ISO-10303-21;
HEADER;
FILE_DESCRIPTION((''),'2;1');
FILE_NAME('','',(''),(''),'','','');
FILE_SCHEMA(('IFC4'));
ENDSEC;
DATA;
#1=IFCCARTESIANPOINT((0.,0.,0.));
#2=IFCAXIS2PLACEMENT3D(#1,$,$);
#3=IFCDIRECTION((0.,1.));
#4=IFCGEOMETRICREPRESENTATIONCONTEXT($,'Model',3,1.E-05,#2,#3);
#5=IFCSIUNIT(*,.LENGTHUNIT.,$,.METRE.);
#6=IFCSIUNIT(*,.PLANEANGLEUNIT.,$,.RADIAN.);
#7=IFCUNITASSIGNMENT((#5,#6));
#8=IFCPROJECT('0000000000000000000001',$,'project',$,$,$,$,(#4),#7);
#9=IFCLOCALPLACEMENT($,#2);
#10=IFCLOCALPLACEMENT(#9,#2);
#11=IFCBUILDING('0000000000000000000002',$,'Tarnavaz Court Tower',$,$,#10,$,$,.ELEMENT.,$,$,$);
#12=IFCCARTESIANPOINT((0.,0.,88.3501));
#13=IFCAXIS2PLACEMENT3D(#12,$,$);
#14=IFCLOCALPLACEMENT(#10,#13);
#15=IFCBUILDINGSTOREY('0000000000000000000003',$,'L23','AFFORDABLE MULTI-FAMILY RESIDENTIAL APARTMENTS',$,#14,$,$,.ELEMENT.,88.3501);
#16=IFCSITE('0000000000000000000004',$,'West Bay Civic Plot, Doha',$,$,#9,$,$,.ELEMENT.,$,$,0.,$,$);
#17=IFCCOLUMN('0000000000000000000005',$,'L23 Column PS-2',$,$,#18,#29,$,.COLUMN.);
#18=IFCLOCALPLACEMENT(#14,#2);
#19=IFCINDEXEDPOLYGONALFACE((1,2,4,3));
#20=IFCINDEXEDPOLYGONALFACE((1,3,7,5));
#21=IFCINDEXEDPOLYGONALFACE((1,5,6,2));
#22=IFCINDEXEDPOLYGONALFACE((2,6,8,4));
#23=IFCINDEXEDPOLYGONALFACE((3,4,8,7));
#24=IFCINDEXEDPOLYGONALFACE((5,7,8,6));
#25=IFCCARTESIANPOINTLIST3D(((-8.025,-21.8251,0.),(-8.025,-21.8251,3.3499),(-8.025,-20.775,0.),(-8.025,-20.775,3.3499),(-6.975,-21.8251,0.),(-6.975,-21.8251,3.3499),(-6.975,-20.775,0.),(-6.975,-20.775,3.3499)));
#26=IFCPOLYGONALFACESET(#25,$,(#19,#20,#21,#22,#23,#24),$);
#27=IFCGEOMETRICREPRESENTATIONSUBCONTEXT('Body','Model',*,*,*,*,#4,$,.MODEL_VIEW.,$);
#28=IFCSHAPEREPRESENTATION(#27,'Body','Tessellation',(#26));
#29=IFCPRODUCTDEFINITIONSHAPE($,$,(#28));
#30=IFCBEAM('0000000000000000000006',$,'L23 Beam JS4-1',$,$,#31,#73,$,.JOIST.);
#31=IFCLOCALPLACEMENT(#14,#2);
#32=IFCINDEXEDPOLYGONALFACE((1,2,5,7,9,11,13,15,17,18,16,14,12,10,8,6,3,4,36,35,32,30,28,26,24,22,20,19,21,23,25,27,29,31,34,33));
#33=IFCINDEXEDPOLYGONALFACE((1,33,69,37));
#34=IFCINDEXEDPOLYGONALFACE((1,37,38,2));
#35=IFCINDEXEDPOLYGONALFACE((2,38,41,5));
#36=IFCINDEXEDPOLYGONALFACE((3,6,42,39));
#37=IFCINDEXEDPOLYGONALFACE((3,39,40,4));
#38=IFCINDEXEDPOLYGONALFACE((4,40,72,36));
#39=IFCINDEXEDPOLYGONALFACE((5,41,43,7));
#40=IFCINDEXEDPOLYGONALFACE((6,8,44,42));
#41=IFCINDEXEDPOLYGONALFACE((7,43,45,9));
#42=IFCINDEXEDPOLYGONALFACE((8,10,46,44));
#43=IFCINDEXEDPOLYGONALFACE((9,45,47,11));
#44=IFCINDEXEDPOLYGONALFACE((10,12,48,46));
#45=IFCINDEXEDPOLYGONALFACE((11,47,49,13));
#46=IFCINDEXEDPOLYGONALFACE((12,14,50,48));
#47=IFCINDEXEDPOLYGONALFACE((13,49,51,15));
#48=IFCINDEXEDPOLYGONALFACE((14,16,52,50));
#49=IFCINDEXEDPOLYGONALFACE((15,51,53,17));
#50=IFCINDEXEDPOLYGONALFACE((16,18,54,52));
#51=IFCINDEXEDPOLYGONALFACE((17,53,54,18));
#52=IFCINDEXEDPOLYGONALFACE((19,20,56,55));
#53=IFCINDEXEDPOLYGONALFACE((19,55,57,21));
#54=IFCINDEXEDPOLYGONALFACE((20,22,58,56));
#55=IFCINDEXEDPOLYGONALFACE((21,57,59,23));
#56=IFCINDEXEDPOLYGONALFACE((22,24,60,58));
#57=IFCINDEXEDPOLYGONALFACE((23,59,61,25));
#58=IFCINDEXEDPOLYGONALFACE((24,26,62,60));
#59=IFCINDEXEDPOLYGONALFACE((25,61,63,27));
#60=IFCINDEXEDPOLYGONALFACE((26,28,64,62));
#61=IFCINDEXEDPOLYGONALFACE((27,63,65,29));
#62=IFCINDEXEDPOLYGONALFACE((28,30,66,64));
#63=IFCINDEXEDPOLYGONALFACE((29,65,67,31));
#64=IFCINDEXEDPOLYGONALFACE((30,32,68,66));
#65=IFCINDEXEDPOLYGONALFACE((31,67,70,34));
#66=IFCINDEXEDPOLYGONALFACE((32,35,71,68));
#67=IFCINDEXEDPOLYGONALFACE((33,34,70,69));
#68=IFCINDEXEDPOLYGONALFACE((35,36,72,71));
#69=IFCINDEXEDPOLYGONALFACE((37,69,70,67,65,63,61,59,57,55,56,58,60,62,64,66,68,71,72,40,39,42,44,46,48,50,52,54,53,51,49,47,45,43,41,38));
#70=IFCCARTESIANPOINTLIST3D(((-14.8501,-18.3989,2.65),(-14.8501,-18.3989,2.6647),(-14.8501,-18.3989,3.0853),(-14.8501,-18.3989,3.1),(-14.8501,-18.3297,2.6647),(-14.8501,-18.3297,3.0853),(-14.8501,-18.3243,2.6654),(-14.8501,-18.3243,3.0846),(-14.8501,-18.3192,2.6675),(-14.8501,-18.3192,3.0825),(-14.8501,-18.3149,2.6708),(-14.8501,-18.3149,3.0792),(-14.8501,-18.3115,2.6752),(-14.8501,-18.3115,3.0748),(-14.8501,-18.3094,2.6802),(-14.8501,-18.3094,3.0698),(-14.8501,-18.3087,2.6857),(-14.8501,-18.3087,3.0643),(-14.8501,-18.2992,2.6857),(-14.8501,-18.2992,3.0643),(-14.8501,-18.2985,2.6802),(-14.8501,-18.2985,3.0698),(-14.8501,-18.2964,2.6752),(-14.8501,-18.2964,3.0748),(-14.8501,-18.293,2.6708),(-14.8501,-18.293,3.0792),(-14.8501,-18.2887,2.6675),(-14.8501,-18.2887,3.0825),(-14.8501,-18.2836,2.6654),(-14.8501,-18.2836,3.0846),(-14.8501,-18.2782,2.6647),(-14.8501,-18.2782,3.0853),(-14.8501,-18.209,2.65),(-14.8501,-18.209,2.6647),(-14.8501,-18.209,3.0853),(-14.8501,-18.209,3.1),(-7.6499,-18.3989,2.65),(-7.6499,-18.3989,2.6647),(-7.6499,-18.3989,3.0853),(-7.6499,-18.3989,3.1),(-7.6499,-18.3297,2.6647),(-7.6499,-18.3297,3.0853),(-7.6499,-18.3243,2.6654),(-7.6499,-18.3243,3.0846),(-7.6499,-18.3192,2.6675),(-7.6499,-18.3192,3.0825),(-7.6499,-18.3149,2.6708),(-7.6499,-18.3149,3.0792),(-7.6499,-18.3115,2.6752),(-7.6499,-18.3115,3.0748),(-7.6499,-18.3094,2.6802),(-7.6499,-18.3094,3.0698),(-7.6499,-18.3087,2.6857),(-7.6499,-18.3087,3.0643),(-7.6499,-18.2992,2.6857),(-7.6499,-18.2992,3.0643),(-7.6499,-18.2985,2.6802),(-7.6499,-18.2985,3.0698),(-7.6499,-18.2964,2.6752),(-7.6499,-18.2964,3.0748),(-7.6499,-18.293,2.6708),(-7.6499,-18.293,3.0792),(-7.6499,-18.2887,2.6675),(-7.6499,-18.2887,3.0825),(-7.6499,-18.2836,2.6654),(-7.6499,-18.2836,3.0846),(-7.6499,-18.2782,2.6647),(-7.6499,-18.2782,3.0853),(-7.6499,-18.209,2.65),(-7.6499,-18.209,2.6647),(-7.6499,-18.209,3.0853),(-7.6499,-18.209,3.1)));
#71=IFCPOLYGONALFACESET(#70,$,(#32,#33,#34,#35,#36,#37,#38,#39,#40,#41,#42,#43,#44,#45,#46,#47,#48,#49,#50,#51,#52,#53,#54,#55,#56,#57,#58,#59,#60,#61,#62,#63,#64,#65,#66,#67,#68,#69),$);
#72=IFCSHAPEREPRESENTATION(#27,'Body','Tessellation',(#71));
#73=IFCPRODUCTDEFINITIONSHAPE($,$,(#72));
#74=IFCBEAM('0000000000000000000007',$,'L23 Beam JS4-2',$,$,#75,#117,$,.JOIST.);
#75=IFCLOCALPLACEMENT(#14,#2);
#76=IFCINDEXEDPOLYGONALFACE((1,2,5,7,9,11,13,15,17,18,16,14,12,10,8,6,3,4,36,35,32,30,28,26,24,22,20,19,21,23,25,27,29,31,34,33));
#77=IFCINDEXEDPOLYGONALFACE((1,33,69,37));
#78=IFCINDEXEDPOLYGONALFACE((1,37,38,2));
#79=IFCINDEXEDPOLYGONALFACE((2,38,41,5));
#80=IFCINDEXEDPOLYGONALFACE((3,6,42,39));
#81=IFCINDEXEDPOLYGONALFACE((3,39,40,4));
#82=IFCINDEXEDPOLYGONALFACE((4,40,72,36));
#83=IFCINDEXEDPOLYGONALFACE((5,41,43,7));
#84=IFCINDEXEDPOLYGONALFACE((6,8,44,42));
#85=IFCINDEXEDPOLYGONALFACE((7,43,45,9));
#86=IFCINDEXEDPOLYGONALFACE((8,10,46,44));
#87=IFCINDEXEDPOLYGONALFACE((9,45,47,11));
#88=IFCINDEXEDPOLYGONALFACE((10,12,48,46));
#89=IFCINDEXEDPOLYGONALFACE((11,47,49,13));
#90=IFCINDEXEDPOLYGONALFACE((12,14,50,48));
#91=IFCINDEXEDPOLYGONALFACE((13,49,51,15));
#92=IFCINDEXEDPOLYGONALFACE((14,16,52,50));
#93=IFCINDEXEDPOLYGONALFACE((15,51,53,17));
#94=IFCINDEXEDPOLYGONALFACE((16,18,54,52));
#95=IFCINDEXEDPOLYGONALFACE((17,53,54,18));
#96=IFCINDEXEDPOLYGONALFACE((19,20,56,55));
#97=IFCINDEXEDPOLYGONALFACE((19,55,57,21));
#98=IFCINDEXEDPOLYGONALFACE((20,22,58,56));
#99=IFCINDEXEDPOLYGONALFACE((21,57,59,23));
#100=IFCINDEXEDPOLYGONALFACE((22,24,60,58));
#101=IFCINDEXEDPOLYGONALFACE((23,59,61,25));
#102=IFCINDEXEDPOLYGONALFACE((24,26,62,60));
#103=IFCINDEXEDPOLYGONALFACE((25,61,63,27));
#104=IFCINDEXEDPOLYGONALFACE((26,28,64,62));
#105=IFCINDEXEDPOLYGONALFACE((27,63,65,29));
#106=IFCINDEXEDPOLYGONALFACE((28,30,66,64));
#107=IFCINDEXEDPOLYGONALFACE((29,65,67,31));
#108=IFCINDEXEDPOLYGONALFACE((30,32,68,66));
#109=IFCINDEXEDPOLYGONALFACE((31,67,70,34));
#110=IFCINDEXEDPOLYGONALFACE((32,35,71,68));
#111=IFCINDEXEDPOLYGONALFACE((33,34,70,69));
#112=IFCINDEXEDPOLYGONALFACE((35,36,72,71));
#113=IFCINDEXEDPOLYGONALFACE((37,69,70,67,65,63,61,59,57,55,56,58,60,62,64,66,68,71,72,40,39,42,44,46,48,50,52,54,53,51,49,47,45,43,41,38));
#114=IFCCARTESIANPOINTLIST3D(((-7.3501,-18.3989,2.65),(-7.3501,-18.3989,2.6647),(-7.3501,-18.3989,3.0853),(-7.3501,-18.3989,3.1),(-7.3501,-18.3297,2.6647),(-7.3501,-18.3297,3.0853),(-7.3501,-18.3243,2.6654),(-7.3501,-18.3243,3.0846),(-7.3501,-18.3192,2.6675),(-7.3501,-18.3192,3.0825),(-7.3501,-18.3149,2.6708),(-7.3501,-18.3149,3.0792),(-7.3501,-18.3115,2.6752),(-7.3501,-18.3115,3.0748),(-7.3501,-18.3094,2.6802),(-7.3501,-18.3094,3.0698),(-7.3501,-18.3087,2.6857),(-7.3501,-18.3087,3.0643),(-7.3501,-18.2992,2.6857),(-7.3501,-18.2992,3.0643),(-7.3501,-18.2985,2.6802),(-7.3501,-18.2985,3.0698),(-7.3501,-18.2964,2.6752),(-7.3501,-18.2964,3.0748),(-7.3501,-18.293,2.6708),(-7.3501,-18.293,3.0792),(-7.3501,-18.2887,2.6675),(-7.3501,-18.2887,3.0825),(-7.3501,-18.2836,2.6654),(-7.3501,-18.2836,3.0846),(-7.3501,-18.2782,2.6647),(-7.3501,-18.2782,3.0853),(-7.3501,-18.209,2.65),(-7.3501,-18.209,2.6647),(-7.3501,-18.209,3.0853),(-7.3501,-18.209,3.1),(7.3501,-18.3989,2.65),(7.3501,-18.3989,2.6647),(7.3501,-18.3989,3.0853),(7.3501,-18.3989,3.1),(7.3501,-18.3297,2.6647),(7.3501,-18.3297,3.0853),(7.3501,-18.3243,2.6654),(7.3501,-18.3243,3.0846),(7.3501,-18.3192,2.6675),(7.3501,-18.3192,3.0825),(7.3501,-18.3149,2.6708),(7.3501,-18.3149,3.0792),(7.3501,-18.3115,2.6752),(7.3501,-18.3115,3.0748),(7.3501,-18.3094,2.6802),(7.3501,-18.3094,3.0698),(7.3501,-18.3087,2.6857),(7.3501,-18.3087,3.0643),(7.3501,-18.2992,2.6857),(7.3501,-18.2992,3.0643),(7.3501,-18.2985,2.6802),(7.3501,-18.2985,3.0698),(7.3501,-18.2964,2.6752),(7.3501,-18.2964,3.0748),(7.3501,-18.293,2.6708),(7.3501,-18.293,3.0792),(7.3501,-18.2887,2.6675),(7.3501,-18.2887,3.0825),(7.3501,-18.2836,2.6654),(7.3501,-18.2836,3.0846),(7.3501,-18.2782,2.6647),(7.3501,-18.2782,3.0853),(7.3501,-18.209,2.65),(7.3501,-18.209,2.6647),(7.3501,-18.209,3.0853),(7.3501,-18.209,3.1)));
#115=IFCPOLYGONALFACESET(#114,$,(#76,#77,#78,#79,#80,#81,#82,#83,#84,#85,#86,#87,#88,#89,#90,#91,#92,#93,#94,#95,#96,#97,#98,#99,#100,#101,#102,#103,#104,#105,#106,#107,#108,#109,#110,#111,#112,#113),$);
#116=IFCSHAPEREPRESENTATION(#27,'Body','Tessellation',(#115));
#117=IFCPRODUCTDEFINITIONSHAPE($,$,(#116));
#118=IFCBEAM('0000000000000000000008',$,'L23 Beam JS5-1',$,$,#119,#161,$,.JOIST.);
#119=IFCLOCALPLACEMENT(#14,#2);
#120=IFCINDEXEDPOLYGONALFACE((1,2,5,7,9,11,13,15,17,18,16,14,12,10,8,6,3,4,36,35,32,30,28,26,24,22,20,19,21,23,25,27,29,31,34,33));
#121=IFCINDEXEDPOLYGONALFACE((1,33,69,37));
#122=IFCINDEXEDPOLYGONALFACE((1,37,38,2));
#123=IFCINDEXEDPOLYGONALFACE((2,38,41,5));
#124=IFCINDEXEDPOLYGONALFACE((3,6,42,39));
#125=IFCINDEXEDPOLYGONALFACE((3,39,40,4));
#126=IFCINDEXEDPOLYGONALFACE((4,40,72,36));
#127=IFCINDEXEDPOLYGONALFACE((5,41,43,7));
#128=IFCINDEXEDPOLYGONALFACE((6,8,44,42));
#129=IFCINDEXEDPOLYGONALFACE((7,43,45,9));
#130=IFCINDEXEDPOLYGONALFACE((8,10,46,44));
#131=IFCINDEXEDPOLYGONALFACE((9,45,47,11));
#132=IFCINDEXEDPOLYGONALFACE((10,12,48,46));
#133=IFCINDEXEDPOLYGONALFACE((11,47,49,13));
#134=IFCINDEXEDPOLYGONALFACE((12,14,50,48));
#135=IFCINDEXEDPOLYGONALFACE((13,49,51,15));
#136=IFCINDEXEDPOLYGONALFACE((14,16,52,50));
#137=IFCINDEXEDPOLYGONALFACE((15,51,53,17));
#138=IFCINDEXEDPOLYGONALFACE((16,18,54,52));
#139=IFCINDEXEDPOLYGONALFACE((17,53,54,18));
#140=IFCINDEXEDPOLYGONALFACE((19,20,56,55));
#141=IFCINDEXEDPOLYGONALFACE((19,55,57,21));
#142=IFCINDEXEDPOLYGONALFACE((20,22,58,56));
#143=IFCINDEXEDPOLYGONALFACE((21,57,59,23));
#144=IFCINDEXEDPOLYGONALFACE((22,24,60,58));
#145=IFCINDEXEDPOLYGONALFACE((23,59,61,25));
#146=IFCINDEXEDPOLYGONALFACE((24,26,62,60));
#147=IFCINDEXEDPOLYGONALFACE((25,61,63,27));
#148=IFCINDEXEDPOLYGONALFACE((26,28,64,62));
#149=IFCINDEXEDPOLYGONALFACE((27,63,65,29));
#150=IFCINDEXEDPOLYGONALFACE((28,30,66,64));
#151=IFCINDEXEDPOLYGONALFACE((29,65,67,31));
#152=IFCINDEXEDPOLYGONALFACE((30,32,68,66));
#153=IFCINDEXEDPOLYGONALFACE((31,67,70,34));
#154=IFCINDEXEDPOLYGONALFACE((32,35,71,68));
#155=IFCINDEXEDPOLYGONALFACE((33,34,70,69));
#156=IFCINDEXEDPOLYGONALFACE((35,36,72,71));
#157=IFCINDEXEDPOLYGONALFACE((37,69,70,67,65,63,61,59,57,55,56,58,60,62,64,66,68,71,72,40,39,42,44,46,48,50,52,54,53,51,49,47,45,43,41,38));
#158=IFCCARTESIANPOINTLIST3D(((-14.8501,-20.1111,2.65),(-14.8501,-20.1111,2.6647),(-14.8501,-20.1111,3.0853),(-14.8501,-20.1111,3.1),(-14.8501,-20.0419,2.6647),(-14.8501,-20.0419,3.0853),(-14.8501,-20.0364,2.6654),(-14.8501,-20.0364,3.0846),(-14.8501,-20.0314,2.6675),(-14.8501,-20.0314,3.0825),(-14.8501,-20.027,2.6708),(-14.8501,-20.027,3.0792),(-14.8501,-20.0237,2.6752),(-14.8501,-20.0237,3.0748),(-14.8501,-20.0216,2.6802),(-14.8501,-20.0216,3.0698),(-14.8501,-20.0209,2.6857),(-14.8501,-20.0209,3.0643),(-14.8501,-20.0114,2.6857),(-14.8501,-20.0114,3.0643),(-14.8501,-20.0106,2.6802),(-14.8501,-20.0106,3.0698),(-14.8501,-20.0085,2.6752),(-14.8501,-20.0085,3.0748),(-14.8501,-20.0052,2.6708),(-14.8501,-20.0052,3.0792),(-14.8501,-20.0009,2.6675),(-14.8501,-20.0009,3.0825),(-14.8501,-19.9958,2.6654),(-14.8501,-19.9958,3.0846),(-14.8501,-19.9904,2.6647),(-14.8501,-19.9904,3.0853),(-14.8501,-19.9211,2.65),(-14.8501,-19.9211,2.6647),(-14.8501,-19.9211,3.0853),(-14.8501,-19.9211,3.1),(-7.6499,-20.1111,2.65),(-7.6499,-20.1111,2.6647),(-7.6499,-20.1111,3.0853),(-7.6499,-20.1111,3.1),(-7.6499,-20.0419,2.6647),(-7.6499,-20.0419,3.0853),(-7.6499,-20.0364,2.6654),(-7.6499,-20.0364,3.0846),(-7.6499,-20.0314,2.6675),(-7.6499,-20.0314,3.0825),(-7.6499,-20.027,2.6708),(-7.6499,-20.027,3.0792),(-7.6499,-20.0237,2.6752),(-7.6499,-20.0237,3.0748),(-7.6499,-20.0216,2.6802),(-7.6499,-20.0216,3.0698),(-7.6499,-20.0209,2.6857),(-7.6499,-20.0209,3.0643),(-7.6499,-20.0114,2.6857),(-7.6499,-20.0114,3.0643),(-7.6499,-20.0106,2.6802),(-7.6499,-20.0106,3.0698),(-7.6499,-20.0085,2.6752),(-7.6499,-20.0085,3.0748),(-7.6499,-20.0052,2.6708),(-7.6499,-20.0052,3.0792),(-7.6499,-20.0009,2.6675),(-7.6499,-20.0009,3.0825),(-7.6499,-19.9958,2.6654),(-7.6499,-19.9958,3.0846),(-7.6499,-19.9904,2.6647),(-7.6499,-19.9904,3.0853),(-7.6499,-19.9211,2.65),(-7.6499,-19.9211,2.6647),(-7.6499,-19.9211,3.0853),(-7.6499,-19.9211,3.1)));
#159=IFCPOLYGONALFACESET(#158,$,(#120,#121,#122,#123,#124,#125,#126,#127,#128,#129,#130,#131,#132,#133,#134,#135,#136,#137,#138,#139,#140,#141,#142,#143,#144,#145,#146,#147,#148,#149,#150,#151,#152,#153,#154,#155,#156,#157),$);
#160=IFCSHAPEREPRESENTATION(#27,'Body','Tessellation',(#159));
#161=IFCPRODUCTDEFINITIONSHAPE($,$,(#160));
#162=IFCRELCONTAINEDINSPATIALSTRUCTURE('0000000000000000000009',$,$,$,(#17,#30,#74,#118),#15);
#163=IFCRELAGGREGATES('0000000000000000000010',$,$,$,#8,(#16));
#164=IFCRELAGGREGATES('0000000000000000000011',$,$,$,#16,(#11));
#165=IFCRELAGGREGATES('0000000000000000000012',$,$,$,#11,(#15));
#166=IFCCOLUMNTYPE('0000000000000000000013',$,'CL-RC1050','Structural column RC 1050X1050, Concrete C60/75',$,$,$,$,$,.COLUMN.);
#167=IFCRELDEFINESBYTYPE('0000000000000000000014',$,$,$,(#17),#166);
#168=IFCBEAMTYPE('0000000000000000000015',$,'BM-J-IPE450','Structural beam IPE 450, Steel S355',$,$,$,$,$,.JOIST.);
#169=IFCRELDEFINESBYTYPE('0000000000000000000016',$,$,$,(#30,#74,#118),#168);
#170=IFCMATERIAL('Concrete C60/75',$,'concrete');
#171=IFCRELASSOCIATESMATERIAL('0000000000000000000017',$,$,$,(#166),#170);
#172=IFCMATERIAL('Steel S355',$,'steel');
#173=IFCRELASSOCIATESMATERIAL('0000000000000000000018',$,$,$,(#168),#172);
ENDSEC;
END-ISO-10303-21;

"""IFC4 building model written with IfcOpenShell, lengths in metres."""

from ifc_helpers import new_model, si_unit, direction, frame, origin, origin_2d, place, context, subcontext, project, spatial, rectangle, i_section, extrude, material, material_profile, profile_set, type_object, element, save


model = new_model("IFC4")

# Units and contexts
model_context = context("Model", 3, precision=1e-05, world=origin(), true_north=direction((0.0, 1.0)))
body_context = subcontext(model_context, "Body", "Model", "MODEL_VIEW")
ifc_project = project(units=[si_unit("LENGTHUNIT", "METRE"), si_unit("PLANEANGLEUNIT", "RADIAN")], contexts=[model_context])

# Site, building, storey
site_placement = place(None, origin())
site = spatial("IfcSite", under=ifc_project, at=site_placement, Name="West Bay Civic Plot, Doha", CompositionType="ELEMENT", RefElevation=0.0)
building_placement = place(site_placement, origin())
building = spatial("IfcBuilding", under=site, at=building_placement, Name="Tarnavaz Court Tower", CompositionType="ELEMENT")
storey_placement = place(building_placement, frame((0.0, 0.0, 88.3501)))
storey = spatial("IfcBuildingStorey", under=building, at=storey_placement, Name="L23", Description="AFFORDABLE MULTI-FAMILY RESIDENTIAL APARTMENTS", CompositionType="ELEMENT", Elevation=88.3501)

# Column
ifc_material_1 = material(Name="Concrete C60/75", Category="concrete")
ifc_material_profile_1 = material_profile(ifc_material_1, rectangle(XDim=1.05, YDim=1.05, at=origin_2d()), Name="RC 1050X1050")
ifc_profile_set_1 = profile_set([ifc_material_profile_1], Name="Concrete C60/75")
column_type = type_object("IfcColumnType", Name="CL-RC1050", Description="Structural column RC 1050X1050, Concrete C60/75", PredefinedType="COLUMN", material=ifc_profile_set_1)
column_placement = place(storey_placement, frame((-7.5, -21.3, 0.0), z_axis=(0.0, 0.0, 1.0), x_axis=(1.0, 0.0, 0.0)))
element("IfcColumn", 1, at=column_placement, inside=storey, type_object=column_type, Name="L23 Column PS-2", PredefinedType="COLUMN", context=body_context, shape_type="SweptSolid", body=[
    extrude(rectangle(XDim=1.05, YDim=1.05, at=origin_2d()), origin(), (0.0, 0.0, 1.0), 3.3499),
])

# Beams
ifc_material_2 = material(Name="Steel S355", Category="steel")
ifc_material_profile_2 = material_profile(ifc_material_2, i_section(OverallWidth=0.1899, OverallDepth=0.45, WebThickness=0.0095, FlangeThickness=0.0146, FilletRadius=0.021, at=origin_2d()), Name="IPE 450")
ifc_profile_set_2 = profile_set([ifc_material_profile_2], Name="Steel S355")
beam_type_1 = type_object("IfcBeamType", Name="BM-J-IPE450", Description="Structural beam IPE 450, Steel S355", PredefinedType="JOIST", material=ifc_profile_set_2)
beam_1_placement = place(storey_placement, frame((-14.8501, -18.304, 2.875), z_axis=(1.0, 0.0, 0.0), x_axis=(0.0, 1.0, 0.0)))
element("IfcBeam", 2, at=beam_1_placement, inside=storey, type_object=beam_type_1, Name="L23 Beam JS4-1", PredefinedType="JOIST", context=body_context, shape_type="SweptSolid", body=[
    extrude(i_section(OverallWidth=0.1899, OverallDepth=0.45, WebThickness=0.0095, FlangeThickness=0.0146, FilletRadius=0.021, at=origin_2d()), origin(), (0.0, 0.0, 1.0), 7.2002),
])
beam_2_placement = place(storey_placement, frame((-7.3501, -18.304, 2.875), z_axis=(1.0, 0.0, 0.0), x_axis=(0.0, 1.0, 0.0)))
element("IfcBeam", 3, at=beam_2_placement, inside=storey, type_object=beam_type_1, Name="L23 Beam JS4-2", PredefinedType="JOIST", context=body_context, shape_type="SweptSolid", body=[
    extrude(i_section(OverallWidth=0.1899, OverallDepth=0.45, WebThickness=0.0095, FlangeThickness=0.0146, FilletRadius=0.021, at=origin_2d()), origin(), (0.0, 0.0, 1.0), 14.7002),
])
beam_3_placement = place(storey_placement, frame((-14.8501, -20.0161, 2.875), z_axis=(1.0, 0.0, 0.0), x_axis=(0.0, 1.0, 0.0)))
element("IfcBeam", 4, at=beam_3_placement, inside=storey, type_object=beam_type_1, Name="L23 Beam JS5-1", PredefinedType="JOIST", context=body_context, shape_type="SweptSolid", body=[
    extrude(i_section(OverallWidth=0.1899, OverallDepth=0.45, WebThickness=0.0095, FlangeThickness=0.0146, FilletRadius=0.021, at=origin_2d()), origin(), (0.0, 0.0, 1.0), 7.2002),
])

save(model, "model.ifc")
